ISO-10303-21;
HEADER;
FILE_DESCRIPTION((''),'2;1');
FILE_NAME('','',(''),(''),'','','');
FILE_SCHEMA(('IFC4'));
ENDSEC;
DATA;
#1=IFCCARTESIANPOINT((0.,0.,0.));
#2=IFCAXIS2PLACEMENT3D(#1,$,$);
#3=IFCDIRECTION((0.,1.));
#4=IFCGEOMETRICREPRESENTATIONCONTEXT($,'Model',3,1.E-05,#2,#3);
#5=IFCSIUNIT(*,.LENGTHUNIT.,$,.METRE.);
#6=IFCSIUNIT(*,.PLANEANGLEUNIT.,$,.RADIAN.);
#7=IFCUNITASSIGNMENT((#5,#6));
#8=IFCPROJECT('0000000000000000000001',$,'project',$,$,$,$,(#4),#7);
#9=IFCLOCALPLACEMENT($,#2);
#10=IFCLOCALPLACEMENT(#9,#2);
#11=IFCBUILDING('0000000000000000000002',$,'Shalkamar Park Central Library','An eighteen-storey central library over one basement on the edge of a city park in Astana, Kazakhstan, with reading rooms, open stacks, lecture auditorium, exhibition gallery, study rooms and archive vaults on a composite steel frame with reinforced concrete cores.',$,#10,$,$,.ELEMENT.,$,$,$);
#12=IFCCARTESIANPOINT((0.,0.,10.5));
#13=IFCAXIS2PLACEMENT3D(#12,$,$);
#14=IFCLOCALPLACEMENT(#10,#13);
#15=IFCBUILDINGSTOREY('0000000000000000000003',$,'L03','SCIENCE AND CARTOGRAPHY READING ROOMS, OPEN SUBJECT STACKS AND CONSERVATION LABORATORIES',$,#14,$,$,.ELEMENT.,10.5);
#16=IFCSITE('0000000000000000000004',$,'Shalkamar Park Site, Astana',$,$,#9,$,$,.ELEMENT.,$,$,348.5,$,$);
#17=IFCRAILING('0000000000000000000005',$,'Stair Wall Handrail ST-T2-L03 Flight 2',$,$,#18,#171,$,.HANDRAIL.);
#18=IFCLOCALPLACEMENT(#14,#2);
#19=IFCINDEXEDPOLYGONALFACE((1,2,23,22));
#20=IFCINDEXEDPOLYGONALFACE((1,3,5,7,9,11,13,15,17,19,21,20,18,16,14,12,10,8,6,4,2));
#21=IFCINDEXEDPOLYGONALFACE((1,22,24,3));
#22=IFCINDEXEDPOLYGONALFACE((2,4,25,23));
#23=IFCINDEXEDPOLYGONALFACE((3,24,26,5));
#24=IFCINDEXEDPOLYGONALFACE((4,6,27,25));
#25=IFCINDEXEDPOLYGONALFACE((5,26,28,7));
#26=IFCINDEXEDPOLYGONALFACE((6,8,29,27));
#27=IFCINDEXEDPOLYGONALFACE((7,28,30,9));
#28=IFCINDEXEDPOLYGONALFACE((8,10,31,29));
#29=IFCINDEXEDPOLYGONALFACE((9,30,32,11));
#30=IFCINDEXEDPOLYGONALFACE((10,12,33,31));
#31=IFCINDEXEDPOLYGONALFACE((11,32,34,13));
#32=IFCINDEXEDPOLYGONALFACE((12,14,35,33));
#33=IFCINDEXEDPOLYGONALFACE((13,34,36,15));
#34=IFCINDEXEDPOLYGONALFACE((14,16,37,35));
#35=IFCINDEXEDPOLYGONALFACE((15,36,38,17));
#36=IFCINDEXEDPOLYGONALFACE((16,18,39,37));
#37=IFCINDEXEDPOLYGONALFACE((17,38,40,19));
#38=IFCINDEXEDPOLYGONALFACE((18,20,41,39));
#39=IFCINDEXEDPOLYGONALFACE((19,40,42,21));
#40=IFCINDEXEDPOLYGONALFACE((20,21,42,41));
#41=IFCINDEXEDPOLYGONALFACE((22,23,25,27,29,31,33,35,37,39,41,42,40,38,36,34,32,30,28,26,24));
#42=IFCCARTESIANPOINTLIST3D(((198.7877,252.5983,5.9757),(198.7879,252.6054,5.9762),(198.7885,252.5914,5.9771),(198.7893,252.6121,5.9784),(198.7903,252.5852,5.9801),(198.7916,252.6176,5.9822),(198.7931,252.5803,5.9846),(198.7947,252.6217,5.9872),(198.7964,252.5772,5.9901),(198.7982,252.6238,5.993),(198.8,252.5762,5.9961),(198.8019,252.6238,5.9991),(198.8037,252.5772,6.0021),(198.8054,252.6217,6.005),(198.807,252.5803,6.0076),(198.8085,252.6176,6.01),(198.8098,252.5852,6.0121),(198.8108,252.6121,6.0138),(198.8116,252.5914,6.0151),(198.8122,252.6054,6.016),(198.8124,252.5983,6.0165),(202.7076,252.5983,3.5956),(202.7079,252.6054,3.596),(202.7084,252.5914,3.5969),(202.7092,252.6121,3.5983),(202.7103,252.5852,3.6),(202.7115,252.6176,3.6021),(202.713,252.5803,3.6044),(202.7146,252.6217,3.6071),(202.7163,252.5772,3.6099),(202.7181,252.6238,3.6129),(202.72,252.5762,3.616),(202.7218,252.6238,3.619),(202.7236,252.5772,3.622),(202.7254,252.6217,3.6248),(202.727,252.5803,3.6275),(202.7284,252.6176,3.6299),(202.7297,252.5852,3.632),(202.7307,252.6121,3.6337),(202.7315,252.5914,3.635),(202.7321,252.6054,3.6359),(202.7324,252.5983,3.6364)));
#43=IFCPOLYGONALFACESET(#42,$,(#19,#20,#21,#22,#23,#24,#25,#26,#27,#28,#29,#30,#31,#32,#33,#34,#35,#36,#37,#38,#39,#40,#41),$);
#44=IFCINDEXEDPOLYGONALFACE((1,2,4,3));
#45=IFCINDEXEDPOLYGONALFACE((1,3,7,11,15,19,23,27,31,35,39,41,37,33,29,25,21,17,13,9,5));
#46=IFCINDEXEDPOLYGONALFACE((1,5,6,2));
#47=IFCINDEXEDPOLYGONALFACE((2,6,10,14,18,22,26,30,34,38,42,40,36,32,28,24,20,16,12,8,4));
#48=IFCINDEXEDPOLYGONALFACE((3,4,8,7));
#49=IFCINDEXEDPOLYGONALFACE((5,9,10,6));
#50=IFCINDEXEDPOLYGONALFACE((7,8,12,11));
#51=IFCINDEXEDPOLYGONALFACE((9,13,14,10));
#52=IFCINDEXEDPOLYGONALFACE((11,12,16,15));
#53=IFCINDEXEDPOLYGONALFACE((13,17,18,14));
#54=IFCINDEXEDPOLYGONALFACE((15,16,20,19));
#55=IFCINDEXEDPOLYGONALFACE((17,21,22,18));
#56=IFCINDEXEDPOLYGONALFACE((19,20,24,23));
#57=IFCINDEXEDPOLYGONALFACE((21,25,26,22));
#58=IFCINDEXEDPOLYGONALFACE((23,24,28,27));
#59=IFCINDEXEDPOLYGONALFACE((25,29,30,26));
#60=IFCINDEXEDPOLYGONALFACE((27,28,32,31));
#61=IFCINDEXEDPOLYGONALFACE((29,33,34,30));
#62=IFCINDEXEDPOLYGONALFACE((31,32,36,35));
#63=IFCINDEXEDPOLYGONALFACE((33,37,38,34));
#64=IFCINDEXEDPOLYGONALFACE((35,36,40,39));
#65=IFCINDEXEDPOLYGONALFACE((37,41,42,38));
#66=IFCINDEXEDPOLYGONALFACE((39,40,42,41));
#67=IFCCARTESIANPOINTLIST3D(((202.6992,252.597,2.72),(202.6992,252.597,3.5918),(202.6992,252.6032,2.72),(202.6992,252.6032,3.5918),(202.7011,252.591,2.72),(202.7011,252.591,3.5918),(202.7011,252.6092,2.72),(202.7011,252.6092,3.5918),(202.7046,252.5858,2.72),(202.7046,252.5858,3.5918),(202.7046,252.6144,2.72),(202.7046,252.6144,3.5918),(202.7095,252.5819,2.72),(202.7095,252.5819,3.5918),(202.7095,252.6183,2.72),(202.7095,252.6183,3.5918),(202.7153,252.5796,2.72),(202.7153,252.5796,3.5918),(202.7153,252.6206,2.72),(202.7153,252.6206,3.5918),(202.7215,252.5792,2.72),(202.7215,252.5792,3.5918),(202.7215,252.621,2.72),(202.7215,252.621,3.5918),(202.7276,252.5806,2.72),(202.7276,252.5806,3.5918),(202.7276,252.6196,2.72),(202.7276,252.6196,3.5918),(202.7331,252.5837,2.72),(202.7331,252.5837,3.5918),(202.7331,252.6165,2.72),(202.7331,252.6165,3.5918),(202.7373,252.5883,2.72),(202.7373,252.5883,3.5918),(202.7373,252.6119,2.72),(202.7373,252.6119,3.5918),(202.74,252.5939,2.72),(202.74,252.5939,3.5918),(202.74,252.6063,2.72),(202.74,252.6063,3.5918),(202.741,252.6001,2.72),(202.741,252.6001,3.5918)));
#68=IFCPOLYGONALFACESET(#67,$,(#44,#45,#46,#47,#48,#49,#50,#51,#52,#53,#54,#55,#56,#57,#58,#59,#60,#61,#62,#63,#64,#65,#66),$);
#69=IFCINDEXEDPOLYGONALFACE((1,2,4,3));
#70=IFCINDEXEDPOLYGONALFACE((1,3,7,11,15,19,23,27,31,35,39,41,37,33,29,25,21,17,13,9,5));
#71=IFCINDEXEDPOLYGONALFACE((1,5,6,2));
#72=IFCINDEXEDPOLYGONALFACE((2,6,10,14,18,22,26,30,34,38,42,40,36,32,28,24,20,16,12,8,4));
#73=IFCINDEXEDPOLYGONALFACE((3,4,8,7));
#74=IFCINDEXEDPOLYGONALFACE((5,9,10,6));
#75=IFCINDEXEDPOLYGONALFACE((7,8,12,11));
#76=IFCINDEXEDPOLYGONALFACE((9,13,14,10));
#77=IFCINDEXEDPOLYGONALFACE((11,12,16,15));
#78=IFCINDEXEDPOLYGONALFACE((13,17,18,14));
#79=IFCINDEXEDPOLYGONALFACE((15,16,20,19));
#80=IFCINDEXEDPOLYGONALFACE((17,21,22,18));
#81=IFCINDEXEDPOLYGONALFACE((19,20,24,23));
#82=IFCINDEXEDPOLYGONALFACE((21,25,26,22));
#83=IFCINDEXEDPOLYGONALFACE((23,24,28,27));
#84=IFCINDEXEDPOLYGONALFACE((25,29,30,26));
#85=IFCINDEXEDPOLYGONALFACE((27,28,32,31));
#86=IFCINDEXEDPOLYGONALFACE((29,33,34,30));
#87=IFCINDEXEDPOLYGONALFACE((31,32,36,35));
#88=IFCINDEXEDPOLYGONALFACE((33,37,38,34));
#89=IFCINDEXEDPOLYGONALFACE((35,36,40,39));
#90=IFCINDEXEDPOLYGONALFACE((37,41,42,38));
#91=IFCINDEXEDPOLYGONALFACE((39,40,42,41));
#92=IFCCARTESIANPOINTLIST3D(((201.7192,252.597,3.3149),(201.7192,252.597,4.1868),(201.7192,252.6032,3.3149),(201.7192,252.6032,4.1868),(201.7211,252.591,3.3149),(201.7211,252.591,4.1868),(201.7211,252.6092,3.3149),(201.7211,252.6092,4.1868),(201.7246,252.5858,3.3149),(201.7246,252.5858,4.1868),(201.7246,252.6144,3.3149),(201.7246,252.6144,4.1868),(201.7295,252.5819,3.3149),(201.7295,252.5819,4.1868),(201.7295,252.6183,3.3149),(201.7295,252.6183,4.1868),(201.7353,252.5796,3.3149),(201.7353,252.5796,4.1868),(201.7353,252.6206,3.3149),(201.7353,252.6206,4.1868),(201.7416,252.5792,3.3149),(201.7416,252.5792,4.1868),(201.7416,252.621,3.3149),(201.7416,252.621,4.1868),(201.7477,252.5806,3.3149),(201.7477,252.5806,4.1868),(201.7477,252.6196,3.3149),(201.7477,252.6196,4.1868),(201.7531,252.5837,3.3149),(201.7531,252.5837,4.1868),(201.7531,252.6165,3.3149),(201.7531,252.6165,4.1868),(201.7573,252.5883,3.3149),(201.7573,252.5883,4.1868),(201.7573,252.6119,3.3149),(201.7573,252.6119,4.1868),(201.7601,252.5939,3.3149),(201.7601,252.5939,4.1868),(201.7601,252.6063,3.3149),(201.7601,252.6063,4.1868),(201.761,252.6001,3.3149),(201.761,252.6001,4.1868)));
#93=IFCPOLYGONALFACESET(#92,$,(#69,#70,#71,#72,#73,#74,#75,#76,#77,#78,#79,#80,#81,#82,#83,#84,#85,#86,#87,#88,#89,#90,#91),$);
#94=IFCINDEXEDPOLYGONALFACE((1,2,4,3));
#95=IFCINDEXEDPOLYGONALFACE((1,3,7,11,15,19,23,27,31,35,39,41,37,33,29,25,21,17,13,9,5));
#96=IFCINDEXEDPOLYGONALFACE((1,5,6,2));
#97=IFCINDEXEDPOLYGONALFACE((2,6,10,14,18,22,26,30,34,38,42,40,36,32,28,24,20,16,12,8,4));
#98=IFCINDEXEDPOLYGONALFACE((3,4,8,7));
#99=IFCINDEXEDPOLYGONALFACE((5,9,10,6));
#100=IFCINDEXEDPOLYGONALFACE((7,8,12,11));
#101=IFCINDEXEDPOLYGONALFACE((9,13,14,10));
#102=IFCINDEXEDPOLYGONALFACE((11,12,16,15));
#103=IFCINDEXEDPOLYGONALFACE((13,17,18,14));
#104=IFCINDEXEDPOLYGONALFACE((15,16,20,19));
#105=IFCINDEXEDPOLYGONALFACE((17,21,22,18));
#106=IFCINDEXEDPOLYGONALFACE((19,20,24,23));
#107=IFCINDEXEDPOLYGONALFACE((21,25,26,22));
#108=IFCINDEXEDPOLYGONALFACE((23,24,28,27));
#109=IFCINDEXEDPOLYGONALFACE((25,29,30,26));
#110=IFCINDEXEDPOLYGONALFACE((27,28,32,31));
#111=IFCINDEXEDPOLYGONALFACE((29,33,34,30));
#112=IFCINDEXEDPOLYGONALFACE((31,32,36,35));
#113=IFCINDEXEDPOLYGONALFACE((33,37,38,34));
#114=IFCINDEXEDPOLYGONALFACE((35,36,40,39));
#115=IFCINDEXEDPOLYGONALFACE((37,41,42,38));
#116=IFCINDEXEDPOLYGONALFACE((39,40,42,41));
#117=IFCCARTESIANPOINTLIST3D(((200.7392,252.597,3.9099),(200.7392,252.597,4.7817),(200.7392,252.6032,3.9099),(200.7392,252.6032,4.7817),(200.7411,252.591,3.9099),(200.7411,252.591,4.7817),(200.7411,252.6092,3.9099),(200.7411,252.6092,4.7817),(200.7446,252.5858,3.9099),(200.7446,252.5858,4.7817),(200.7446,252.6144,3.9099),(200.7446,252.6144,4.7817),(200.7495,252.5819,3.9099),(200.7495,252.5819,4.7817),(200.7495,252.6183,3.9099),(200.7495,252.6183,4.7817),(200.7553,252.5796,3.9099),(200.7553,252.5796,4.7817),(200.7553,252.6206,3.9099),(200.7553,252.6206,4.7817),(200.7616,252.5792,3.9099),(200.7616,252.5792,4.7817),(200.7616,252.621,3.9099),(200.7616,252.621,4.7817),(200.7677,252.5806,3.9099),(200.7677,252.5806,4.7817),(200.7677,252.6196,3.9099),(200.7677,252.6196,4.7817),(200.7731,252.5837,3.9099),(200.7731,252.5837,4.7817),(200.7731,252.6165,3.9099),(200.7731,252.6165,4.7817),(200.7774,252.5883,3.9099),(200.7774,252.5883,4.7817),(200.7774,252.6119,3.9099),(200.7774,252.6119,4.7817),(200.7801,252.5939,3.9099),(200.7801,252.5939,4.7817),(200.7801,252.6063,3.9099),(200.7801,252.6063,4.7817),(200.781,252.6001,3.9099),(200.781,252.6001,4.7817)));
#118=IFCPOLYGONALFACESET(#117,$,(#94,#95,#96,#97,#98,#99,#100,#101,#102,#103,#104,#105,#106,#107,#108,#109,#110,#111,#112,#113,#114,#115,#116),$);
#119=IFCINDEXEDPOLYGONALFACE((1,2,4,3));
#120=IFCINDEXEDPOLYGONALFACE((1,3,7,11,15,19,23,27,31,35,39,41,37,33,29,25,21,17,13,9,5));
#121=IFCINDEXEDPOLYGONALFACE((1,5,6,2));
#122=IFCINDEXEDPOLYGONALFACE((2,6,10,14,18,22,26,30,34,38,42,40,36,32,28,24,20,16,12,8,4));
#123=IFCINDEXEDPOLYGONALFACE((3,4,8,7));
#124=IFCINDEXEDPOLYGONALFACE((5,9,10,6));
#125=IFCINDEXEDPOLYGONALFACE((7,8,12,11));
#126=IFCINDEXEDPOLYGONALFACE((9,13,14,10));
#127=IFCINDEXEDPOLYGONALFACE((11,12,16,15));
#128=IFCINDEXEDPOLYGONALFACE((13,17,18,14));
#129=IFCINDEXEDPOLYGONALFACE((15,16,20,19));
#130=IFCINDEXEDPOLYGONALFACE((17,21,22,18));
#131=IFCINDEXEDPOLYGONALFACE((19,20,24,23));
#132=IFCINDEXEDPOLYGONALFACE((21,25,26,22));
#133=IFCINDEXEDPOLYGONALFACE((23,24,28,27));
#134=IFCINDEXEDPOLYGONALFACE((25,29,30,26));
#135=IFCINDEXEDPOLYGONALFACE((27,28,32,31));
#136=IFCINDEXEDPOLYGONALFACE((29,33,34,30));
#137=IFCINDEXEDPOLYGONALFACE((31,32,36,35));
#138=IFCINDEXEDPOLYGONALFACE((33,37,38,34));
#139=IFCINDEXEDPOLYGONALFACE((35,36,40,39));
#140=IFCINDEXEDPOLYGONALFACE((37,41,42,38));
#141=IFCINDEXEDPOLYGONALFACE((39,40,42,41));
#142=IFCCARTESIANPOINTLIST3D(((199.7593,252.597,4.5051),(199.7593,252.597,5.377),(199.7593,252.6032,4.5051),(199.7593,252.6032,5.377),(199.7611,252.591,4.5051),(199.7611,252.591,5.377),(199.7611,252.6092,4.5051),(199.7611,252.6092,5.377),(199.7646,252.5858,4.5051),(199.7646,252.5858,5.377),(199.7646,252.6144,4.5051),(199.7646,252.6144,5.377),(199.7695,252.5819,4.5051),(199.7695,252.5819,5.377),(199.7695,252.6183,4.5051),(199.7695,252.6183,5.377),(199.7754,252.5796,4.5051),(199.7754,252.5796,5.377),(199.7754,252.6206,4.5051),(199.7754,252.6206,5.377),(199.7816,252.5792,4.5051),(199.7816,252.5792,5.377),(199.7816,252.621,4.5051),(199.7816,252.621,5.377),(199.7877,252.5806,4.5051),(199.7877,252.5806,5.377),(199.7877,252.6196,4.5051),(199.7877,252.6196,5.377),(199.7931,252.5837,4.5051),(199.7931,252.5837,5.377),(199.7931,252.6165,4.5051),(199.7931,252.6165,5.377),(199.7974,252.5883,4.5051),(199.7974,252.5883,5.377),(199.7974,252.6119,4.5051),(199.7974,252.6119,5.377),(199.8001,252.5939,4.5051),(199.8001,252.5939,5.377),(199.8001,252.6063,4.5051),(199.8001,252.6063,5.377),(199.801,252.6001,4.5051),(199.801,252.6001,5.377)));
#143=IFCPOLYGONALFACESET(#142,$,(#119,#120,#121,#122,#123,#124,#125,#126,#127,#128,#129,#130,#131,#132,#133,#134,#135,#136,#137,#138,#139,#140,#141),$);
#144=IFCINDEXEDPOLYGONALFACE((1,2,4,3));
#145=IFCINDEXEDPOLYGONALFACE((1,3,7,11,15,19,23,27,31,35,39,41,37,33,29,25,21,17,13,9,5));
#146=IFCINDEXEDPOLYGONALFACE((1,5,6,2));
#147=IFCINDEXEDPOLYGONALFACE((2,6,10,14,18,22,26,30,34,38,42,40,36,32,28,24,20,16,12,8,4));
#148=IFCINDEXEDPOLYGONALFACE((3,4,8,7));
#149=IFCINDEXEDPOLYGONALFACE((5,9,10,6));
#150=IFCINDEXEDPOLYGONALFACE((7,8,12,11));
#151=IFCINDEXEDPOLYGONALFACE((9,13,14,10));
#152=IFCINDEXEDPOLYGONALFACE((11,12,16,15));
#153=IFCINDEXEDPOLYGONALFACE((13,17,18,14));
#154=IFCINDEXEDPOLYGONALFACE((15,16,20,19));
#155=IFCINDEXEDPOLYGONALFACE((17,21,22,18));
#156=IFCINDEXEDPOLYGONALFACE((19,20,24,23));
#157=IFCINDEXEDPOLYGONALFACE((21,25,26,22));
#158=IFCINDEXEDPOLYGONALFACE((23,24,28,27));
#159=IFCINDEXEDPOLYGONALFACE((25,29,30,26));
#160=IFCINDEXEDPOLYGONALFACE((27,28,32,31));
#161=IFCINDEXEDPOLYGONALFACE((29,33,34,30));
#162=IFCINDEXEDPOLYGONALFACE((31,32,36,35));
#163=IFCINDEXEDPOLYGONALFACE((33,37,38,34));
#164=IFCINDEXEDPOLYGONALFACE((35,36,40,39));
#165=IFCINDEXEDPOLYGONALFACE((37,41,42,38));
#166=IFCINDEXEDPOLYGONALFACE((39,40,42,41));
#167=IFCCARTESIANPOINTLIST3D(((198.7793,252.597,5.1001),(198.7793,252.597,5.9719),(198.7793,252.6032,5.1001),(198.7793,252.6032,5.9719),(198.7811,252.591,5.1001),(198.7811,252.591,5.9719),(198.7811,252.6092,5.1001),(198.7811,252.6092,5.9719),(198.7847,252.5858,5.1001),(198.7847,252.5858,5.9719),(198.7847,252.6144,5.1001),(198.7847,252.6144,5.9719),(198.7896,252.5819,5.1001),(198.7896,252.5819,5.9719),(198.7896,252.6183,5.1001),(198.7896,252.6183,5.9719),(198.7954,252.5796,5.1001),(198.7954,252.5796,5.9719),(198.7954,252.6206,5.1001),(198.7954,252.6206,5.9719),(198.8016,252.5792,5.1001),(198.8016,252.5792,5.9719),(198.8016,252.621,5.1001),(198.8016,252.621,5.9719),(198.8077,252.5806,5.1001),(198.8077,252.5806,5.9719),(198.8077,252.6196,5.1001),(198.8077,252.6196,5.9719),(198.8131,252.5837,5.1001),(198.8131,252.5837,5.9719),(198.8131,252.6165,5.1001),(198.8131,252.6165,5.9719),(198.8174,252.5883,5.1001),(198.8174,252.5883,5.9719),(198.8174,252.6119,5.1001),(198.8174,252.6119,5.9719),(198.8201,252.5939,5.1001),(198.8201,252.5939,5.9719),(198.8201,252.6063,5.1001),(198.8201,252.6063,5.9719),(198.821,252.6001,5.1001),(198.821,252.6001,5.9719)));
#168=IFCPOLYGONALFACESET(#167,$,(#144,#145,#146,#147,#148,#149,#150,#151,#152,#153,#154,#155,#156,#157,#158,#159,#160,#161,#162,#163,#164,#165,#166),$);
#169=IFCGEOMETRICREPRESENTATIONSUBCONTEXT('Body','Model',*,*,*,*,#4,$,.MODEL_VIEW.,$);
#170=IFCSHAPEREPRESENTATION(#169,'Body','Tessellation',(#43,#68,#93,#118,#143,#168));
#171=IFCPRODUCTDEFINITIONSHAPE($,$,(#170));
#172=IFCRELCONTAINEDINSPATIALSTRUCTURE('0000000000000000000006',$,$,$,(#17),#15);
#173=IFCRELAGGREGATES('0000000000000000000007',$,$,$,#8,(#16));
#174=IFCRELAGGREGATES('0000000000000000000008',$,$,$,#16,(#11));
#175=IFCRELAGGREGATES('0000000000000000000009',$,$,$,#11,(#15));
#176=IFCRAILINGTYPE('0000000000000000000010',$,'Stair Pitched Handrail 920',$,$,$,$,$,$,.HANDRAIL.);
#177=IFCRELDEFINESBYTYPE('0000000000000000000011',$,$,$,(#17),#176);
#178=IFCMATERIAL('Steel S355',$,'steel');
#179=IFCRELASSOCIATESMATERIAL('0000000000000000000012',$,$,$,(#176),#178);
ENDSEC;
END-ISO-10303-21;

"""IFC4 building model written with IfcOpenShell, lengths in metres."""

from ifc_helpers import new_model, si_unit, direction, frame, origin, origin_2d, place, context, subcontext, project, spatial, circle, extrude, material, type_object, element, save


model = new_model("IFC4")

# Units and contexts
model_context = context("Model", 3, precision=1e-05, world=origin(), true_north=direction((0.0, 1.0)))
body_context = subcontext(model_context, "Body", "Model", "MODEL_VIEW")
ifc_project = project(units=[si_unit("LENGTHUNIT", "METRE"), si_unit("PLANEANGLEUNIT", "RADIAN")], contexts=[model_context])

# Site, building, storey
site_placement = place(None, origin())
site = spatial("IfcSite", under=ifc_project, at=site_placement, Name="Shalkamar Park Site, Astana", CompositionType="ELEMENT", RefElevation=348.5)
building_placement = place(site_placement, origin())
building = spatial("IfcBuilding", under=site, at=building_placement, Name="Shalkamar Park Central Library", Description="An eighteen-storey central library over one basement on the edge of a city park in Astana, Kazakhstan, with reading rooms, open stacks, lecture auditorium, exhibition gallery, study rooms and archive vaults on a composite steel frame with reinforced concrete cores.", CompositionType="ELEMENT")
storey_placement = place(building_placement, frame((0.0, 0.0, 10.5)))
storey = spatial("IfcBuildingStorey", under=building, at=storey_placement, Name="L03", Description="SCIENCE AND CARTOGRAPHY READING ROOMS, OPEN SUBJECT STACKS AND CONSERVATION LABORATORIES", CompositionType="ELEMENT", Elevation=10.5)

# Shared definitions
ifc_material_1 = material(Name="Steel S355", Category="steel")

# Railing
railing_type_1 = type_object("IfcRailingType", Name="Stair Pitched Handrail 920", PredefinedType="HANDRAIL", material=ifc_material_1)
railing_1_placement = place(storey_placement, frame((202.72, 252.6001, 2.72)))
element("IfcRailing", 1, at=railing_1_placement, inside=storey, type_object=railing_type_1, Name="Stair Wall Handrail ST-T2-L03 Flight 2", PredefinedType="HANDRAIL", context=body_context, shape_type="SweptSolid", body=[
    extrude(circle(Radius=0.0239, at=origin_2d()), frame((0.0, 0.0, 0.896), z_axis=(-0.854771, 0.0, 0.519006), x_axis=(0.0, -1.0, 0.0)), (0.0, 0.0, 1.0), 4.5859),
    extrude(circle(Radius=0.021, at=origin_2d()), origin(), (0.0, 0.0, 1.0), 0.8718),
    extrude(circle(Radius=0.021, at=origin_2d()), frame((-0.98, 0.0, 0.595)), (0.0, 0.0, 1.0), 0.8718),
    extrude(circle(Radius=0.021, at=origin_2d()), frame((-1.96, 0.0, 1.1899)), (0.0, 0.0, 1.0), 0.8718),
    extrude(circle(Radius=0.021, at=origin_2d()), frame((-2.9399, 0.0, 1.7852)), (0.0, 0.0, 1.0), 0.8718),
    extrude(circle(Radius=0.021, at=origin_2d()), frame((-3.9199, 0.0, 2.3801)), (0.0, 0.0, 1.0), 0.8718),
])

save(model, "model.ifc")
